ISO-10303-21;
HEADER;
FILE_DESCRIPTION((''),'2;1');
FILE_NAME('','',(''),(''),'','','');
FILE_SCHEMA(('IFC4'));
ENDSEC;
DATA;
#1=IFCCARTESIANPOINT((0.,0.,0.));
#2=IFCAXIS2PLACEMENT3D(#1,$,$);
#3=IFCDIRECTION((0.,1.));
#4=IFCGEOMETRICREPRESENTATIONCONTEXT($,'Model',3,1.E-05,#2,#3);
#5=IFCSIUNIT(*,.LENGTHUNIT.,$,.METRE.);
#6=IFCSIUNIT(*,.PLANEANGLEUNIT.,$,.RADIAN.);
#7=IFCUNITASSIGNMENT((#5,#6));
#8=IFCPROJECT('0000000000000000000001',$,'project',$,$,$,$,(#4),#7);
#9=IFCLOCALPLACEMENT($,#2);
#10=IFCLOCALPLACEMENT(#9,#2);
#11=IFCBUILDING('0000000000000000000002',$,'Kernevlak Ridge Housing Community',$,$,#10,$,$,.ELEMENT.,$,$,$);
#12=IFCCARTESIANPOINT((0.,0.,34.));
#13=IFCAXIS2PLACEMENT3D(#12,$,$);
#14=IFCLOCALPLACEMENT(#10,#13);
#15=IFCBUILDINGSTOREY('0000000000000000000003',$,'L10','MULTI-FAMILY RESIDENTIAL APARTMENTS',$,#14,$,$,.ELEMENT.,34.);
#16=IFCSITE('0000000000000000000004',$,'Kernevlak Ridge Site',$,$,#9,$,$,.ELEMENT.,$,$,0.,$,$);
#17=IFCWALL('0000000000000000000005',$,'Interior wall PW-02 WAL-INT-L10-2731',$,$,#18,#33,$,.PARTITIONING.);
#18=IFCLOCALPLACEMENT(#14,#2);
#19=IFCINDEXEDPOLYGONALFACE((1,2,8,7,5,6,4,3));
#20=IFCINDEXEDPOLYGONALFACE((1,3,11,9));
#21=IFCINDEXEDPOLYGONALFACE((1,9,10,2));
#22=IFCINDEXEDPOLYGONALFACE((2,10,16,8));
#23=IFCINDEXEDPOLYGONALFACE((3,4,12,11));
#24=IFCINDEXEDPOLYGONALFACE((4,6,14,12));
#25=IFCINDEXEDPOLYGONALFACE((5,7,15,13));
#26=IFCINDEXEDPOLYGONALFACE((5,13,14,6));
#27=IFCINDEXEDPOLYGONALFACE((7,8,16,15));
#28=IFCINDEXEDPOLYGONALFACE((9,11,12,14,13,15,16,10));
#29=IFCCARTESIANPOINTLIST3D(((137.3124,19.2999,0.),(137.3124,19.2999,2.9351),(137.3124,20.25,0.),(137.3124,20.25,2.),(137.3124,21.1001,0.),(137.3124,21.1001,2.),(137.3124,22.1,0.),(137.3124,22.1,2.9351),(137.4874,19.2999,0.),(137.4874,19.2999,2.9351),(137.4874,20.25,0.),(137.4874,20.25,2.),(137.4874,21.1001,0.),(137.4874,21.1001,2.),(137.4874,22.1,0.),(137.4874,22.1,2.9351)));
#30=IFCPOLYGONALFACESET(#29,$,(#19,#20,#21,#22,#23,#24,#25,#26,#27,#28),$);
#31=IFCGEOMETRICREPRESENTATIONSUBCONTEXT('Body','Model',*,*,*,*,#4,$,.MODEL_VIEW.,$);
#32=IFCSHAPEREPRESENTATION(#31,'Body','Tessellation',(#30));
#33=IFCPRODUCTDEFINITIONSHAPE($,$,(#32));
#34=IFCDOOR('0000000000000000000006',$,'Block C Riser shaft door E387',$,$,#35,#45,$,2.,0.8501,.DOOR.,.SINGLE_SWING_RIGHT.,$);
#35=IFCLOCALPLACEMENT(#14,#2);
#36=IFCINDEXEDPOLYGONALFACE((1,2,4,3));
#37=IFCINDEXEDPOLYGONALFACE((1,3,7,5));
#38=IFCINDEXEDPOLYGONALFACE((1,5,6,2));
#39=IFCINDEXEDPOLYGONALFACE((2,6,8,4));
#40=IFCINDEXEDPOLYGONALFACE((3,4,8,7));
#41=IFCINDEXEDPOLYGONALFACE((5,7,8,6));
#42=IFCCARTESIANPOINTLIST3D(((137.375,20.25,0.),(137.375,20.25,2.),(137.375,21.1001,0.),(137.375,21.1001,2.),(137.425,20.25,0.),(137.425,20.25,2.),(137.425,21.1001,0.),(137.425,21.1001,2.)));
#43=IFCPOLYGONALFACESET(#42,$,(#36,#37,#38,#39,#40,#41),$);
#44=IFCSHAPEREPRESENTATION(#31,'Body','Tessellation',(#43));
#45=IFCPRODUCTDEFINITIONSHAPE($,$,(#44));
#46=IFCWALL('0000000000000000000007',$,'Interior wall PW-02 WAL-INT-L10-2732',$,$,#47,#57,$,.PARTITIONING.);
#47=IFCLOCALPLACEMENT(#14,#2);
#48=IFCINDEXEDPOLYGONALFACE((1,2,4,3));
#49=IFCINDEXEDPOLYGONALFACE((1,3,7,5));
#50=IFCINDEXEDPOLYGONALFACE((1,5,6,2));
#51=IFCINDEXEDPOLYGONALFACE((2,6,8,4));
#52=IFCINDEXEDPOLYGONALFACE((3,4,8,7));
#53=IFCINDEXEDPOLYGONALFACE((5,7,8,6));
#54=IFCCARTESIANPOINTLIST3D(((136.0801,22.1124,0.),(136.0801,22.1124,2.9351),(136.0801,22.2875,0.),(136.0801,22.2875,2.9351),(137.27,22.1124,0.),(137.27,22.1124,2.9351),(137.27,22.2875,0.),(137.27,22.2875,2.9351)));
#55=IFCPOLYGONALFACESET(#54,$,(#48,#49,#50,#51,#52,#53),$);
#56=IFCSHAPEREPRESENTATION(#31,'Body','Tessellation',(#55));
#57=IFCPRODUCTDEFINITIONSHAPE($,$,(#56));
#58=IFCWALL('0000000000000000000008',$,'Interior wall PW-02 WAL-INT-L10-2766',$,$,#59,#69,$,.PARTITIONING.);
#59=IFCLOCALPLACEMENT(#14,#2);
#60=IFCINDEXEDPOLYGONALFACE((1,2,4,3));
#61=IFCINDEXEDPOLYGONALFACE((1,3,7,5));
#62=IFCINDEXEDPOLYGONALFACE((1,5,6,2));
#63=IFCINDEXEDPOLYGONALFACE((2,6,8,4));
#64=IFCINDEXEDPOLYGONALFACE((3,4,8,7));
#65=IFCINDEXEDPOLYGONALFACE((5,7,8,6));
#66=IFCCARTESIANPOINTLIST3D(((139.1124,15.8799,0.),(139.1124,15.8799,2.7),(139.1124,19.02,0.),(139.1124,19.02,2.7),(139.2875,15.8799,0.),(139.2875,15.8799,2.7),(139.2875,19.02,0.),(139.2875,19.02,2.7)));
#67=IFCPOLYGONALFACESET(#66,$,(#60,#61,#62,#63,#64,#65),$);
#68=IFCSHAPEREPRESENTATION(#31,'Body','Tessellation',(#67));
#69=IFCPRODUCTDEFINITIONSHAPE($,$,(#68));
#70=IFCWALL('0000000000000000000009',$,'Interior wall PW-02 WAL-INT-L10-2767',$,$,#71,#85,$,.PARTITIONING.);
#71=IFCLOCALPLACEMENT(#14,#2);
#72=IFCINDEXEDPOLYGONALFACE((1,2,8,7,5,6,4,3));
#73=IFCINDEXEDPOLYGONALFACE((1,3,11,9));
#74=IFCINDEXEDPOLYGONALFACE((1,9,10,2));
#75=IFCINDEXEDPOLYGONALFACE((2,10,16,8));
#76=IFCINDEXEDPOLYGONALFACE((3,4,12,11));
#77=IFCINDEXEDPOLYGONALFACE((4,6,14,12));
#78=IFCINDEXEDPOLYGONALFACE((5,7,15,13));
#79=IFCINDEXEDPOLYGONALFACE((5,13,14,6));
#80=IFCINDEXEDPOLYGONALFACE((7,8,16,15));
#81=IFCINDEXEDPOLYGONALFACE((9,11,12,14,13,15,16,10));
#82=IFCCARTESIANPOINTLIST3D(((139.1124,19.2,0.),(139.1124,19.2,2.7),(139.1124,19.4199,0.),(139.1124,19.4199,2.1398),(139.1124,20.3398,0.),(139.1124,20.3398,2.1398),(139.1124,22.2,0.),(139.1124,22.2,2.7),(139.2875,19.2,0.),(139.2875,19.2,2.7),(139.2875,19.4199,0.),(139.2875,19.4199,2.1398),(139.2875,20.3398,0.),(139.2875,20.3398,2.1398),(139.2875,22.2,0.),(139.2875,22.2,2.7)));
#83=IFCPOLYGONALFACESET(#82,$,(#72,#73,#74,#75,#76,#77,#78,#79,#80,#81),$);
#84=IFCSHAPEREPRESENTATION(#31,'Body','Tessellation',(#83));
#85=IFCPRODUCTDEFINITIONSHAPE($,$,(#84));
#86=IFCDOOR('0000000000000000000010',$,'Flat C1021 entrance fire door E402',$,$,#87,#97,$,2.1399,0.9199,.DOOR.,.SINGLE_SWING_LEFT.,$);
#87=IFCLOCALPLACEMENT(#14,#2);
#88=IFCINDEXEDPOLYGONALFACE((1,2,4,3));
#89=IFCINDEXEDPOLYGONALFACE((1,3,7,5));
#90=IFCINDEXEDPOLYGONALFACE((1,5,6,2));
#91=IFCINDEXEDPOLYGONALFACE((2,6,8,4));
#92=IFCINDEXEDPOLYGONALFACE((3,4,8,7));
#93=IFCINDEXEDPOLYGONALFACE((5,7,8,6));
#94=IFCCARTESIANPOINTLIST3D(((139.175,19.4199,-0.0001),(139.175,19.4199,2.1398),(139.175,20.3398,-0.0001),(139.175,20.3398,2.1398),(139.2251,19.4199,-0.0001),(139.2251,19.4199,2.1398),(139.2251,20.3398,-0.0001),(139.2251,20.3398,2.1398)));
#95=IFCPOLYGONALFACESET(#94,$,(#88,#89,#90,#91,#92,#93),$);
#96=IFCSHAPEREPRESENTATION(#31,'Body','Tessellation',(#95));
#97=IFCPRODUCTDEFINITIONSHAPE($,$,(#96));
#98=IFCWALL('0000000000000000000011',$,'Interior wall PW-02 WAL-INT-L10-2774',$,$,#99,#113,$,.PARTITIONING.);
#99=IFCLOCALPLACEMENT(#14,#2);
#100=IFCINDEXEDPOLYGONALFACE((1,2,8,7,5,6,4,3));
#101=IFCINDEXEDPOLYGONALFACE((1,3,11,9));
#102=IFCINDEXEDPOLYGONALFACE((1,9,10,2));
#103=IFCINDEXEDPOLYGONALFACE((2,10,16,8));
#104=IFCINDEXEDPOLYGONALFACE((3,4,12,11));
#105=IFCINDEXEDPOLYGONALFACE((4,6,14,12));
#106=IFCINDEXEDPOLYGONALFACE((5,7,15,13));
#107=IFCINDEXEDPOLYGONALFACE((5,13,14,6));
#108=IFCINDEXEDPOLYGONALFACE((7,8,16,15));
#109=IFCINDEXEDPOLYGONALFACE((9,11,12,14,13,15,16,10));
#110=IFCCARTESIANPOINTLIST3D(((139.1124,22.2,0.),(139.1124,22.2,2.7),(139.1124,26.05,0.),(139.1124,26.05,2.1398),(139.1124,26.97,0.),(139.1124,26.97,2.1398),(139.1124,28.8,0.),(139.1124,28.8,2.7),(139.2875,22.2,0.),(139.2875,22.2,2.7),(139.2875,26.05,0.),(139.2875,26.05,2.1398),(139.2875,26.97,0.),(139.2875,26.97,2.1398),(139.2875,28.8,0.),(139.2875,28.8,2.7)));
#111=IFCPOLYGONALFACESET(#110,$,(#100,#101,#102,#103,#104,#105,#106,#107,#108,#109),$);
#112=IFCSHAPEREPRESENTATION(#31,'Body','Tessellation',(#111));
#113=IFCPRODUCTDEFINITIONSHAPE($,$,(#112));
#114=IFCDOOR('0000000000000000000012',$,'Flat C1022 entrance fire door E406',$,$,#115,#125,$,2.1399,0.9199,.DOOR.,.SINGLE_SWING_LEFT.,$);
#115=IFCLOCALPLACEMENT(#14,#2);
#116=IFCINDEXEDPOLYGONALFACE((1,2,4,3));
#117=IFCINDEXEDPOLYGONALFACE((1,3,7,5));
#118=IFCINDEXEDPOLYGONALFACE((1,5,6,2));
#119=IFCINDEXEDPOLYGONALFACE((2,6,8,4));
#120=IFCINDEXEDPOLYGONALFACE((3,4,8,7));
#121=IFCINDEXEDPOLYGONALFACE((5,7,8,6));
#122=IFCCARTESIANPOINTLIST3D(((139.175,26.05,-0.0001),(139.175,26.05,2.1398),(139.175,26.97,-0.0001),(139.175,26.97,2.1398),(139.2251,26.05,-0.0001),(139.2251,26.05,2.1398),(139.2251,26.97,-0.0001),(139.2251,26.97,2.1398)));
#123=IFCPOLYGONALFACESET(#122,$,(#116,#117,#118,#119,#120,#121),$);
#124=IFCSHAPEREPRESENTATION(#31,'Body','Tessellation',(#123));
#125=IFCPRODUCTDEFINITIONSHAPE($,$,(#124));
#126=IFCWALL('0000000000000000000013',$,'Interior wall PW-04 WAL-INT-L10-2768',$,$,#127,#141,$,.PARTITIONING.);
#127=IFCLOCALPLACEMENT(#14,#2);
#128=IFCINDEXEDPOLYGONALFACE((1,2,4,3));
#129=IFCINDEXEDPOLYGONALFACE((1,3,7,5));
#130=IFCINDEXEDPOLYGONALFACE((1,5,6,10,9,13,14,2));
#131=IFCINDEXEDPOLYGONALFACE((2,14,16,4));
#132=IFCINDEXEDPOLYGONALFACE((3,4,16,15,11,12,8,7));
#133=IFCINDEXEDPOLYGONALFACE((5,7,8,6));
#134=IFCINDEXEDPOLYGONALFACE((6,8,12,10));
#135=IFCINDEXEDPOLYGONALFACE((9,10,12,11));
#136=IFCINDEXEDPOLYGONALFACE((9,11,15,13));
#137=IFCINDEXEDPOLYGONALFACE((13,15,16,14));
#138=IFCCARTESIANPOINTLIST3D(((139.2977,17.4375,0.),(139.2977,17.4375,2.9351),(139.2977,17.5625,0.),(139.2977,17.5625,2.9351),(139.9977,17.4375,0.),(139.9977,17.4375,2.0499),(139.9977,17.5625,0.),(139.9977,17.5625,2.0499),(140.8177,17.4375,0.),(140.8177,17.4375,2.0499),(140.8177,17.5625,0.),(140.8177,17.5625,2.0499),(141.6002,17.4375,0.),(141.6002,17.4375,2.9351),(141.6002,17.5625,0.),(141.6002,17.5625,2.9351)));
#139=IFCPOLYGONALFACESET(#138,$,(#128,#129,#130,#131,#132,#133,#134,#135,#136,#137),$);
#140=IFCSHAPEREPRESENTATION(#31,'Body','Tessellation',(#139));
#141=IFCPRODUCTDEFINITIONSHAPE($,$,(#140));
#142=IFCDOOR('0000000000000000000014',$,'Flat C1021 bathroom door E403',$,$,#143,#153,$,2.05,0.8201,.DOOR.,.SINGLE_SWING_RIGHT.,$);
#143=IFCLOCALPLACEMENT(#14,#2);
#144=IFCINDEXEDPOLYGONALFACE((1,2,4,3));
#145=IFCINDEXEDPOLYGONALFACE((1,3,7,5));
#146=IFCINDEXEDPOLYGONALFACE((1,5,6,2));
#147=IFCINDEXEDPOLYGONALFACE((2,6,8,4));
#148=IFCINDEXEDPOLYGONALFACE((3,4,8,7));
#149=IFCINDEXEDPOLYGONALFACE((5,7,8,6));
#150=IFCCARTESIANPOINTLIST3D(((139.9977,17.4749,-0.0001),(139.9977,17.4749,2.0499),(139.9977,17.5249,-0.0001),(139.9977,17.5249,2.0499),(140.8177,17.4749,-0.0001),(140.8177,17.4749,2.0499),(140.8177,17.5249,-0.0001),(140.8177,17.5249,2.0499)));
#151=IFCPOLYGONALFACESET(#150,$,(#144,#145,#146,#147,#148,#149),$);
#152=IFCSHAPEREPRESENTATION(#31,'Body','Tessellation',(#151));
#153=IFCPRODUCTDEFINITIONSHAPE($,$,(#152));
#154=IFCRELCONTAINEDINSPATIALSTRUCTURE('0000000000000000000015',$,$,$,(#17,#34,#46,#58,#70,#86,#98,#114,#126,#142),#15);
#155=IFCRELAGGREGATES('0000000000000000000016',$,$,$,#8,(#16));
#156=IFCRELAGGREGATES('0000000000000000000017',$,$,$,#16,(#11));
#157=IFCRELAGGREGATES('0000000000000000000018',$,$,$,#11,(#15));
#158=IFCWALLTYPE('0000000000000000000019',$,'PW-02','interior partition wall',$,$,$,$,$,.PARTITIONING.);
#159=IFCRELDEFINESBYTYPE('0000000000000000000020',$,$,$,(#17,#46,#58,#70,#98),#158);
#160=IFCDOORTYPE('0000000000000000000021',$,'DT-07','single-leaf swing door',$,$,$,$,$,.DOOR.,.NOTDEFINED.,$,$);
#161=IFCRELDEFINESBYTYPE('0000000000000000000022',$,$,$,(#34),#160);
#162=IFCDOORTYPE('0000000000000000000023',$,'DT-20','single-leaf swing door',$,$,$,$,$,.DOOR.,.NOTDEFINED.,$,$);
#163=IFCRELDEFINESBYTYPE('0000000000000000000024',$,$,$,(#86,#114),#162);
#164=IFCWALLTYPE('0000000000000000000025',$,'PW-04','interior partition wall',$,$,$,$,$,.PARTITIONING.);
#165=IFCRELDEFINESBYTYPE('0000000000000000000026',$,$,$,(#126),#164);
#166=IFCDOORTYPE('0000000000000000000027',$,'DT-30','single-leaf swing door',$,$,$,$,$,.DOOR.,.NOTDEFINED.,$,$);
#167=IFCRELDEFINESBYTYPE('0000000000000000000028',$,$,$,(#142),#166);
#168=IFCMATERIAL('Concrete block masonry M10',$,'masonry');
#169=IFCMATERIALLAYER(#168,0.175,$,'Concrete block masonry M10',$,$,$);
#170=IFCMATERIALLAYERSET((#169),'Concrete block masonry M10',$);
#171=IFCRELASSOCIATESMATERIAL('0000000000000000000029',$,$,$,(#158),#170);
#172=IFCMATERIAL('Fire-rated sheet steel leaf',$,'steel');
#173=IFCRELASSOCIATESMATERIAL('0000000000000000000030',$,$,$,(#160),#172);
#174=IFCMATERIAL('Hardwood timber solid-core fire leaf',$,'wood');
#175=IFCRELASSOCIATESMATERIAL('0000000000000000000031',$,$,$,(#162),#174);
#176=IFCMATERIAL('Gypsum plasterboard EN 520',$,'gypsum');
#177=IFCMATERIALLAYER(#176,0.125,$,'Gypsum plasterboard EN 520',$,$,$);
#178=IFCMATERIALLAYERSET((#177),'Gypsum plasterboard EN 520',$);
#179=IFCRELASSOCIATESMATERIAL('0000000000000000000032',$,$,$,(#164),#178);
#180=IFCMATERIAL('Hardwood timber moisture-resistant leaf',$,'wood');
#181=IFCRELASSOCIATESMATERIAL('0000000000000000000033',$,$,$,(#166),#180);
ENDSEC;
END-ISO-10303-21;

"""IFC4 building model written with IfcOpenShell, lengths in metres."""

from ifc_helpers import new_model, si_unit, direction, frame, frame_2d, origin, place, context, subcontext, project, spatial, rectangle, extrude, material, layer, layer_set, type_object, element, fill, save


model = new_model("IFC4")

# Units and contexts
model_context = context("Model", 3, precision=1e-05, world=origin(), true_north=direction((0.0, 1.0)))
body_context = subcontext(model_context, "Body", "Model", "MODEL_VIEW")
ifc_project = project(units=[si_unit("LENGTHUNIT", "METRE"), si_unit("PLANEANGLEUNIT", "RADIAN")], contexts=[model_context])

# Site, building, storey
site_placement = place(None, origin())
site = spatial("IfcSite", under=ifc_project, at=site_placement, Name="Kernevlak Ridge Site", CompositionType="ELEMENT", RefElevation=0.0)
building_placement = place(site_placement, origin())
building = spatial("IfcBuilding", under=site, at=building_placement, Name="Kernevlak Ridge Housing Community", CompositionType="ELEMENT")
storey_placement = place(building_placement, frame((0.0, 0.0, 34.0)))
storey = spatial("IfcBuildingStorey", under=building, at=storey_placement, Name="L10", Description="MULTI-FAMILY RESIDENTIAL APARTMENTS", CompositionType="ELEMENT", Elevation=34.0)

# Wall, opening, door
ifc_material_1 = material(Name="Concrete block masonry M10", Category="masonry")
ifc_layer_1 = layer(ifc_material_1, 0.175, Name="Concrete block masonry M10")
ifc_layer_set_1 = layer_set([ifc_layer_1], Name="Concrete block masonry M10")
wall_type_1 = type_object("IfcWallType", Name="PW-02", Description="interior partition wall", PredefinedType="PARTITIONING", material=ifc_layer_set_1)
ifc_material_2 = material(Name="Fire-rated sheet steel leaf", Category="steel")
wall_1_placement = place(storey_placement, frame((137.3999, 19.3, 0.0), z_axis=(0.0, 0.0, 1.0), x_axis=(0.0, 1.0, 0.0)))
wall_1 = element("IfcWall", 1, at=wall_1_placement, inside=storey, type_object=wall_type_1, Name="Interior wall PW-02 WAL-INT-L10-2731", PredefinedType="PARTITIONING", context=body_context, shape_type="SweptSolid", body=[
    extrude(rectangle(XDim=2.8, YDim=0.175, at=frame_2d((1.3999, 0.0))), origin(), (0.0, 0.0, 1.0), 2.9351),
])
opening_1_placement = place(wall_1_placement, frame((0.95, 0.0, 0.0)))
opening_1 = element("IfcOpeningElement", 2, at=opening_1_placement, cuts=wall_1, PredefinedType="OPENING", context=body_context, shape_type="SweptSolid", body=[
    extrude(rectangle(XDim=0.8501, YDim=2.0, at=frame_2d((0.425, 1.0))), frame((0.0, 0.0974, 0.0), z_axis=(0.0, -1.0, 0.0), x_axis=(1.0, 0.0, 0.0)), (0.0, 0.0, 1.0), 0.1951),
])
door_type_1 = type_object("IfcDoorType", Name="DT-07", Description="single-leaf swing door", OperationType="NOTDEFINED", PredefinedType="DOOR", material=ifc_material_2)
door_1_placement = place(opening_1_placement, origin())
door_1 = element("IfcDoor", 3, at=door_1_placement, inside=storey, type_object=door_type_1, Name="Block C Riser shaft door E387", OperationType="SINGLE_SWING_RIGHT", OverallHeight=2.0, OverallWidth=0.8501, PredefinedType="DOOR", context=body_context, shape_type="SweptSolid", body=[
    extrude(rectangle(XDim=0.8501, YDim=2.0, at=frame_2d((0.425, 1.0))), frame((0.0, 0.0249, 0.0), z_axis=(0.0, -1.0, 0.0), x_axis=(1.0, 0.0, 0.0)), (0.0, 0.0, 1.0), 0.05),
])
fill(opening_1, door_1)

# Walls
wall_2_placement = place(storey_placement, frame((136.0801, 22.2, 0.0), z_axis=(0.0, 0.0, 1.0), x_axis=(1.0, 0.0, 0.0)))
element("IfcWall", 4, at=wall_2_placement, inside=storey, type_object=wall_type_1, Name="Interior wall PW-02 WAL-INT-L10-2732", PredefinedType="PARTITIONING", context=body_context, shape_type="SweptSolid", body=[
    extrude(rectangle(XDim=1.1899, YDim=0.175, at=frame_2d((0.595, 0.0))), origin(), (0.0, 0.0, 1.0), 2.9351),
])
wall_3_placement = place(storey_placement, frame((139.2, 15.8799, 0.0), z_axis=(0.0, 0.0, 1.0), x_axis=(0.0, 1.0, 0.0)))
element("IfcWall", 5, at=wall_3_placement, inside=storey, type_object=wall_type_1, Name="Interior wall PW-02 WAL-INT-L10-2766", PredefinedType="PARTITIONING", context=body_context, shape_type="SweptSolid", body=[
    extrude(rectangle(XDim=3.1401, YDim=0.175, at=frame_2d((1.5701, 0.0))), origin(), (0.0, 0.0, 1.0), 2.7),
])

# Walls, openings, doors
wall_4_placement = place(storey_placement, frame((139.2, 19.2, 0.0), z_axis=(0.0, 0.0, 1.0), x_axis=(0.0, 1.0, 0.0)))
wall_4 = element("IfcWall", 6, at=wall_4_placement, inside=storey, type_object=wall_type_1, Name="Interior wall PW-02 WAL-INT-L10-2767", PredefinedType="PARTITIONING", context=body_context, shape_type="SweptSolid", body=[
    extrude(rectangle(XDim=3.0, YDim=0.175, at=frame_2d((1.5, 0.0))), origin(), (0.0, 0.0, 1.0), 2.7),
])
opening_2_placement = place(wall_4_placement, frame((0.22, 0.0, 0.0)))
opening_2 = element("IfcOpeningElement", 7, at=opening_2_placement, cuts=wall_4, PredefinedType="OPENING", context=body_context, shape_type="SweptSolid", body=[
    extrude(rectangle(XDim=0.9199, YDim=2.1399, at=frame_2d((0.46, 1.0698))), frame((0.0, 0.0974, 0.0), z_axis=(0.0, -1.0, 0.0), x_axis=(1.0, 0.0, 0.0)), (0.0, 0.0, 1.0), 0.1951),
])
ifc_material_3 = material(Name="Hardwood timber solid-core fire leaf", Category="wood")
door_type_2 = type_object("IfcDoorType", Name="DT-20", Description="single-leaf swing door", OperationType="NOTDEFINED", PredefinedType="DOOR", material=ifc_material_3)
door_2_placement = place(opening_2_placement, origin())
door_2 = element("IfcDoor", 8, at=door_2_placement, inside=storey, type_object=door_type_2, Name="Flat C1021 entrance fire door E402", OperationType="SINGLE_SWING_LEFT", OverallHeight=2.1399, OverallWidth=0.9199, PredefinedType="DOOR", context=body_context, shape_type="SweptSolid", body=[
    extrude(rectangle(XDim=0.9199, YDim=2.1399, at=frame_2d((0.46, 1.0698))), frame((0.0, 0.0249, 0.0), z_axis=(0.0, -1.0, 0.0), x_axis=(1.0, 0.0, 0.0)), (0.0, 0.0, 1.0), 0.05),
])
fill(opening_2, door_2)
wall_5_placement = place(storey_placement, frame((139.2, 22.2, 0.0), z_axis=(0.0, 0.0, 1.0), x_axis=(0.0, 1.0, 0.0)))
wall_5 = element("IfcWall", 9, at=wall_5_placement, inside=storey, type_object=wall_type_1, Name="Interior wall PW-02 WAL-INT-L10-2774", PredefinedType="PARTITIONING", context=body_context, shape_type="SweptSolid", body=[
    extrude(rectangle(XDim=6.6001, YDim=0.175, at=frame_2d((3.3, 0.0))), origin(), (0.0, 0.0, 1.0), 2.7),
])
opening_3_placement = place(wall_5_placement, frame((3.8501, 0.0, 0.0)))
opening_3 = element("IfcOpeningElement", 10, at=opening_3_placement, cuts=wall_5, PredefinedType="OPENING", context=body_context, shape_type="SweptSolid", body=[
    extrude(rectangle(XDim=0.9199, YDim=2.1399, at=frame_2d((0.46, 1.0698))), frame((0.0, 0.0974, 0.0), z_axis=(0.0, -1.0, 0.0), x_axis=(1.0, 0.0, 0.0)), (0.0, 0.0, 1.0), 0.1951),
])
door_3_placement = place(opening_3_placement, origin())
door_3 = element("IfcDoor", 11, at=door_3_placement, inside=storey, type_object=door_type_2, Name="Flat C1022 entrance fire door E406", OperationType="SINGLE_SWING_LEFT", OverallHeight=2.1399, OverallWidth=0.9199, PredefinedType="DOOR", context=body_context, shape_type="SweptSolid", body=[
    extrude(rectangle(XDim=0.9199, YDim=2.1399, at=frame_2d((0.46, 1.0698))), frame((0.0, 0.0249, 0.0), z_axis=(0.0, -1.0, 0.0), x_axis=(1.0, 0.0, 0.0)), (0.0, 0.0, 1.0), 0.05),
])
fill(opening_3, door_3)
ifc_material_4 = material(Name="Gypsum plasterboard EN 520", Category="gypsum")
ifc_layer_2 = layer(ifc_material_4, 0.125, Name="Gypsum plasterboard EN 520")
ifc_layer_set_2 = layer_set([ifc_layer_2], Name="Gypsum plasterboard EN 520")
wall_type_2 = type_object("IfcWallType", Name="PW-04", Description="interior partition wall", PredefinedType="PARTITIONING", material=ifc_layer_set_2)
wall_6_placement = place(storey_placement, frame((139.2976, 17.5, 0.0), z_axis=(0.0, 0.0, 1.0), x_axis=(1.0, 0.0, 0.0)))
wall_6 = element("IfcWall", 12, at=wall_6_placement, inside=storey, type_object=wall_type_2, Name="Interior wall PW-04 WAL-INT-L10-2768", PredefinedType="PARTITIONING", context=body_context, shape_type="SweptSolid", body=[
    extrude(rectangle(XDim=2.3025, YDim=0.125, at=frame_2d((1.1514, 0.0))), origin(), (0.0, 0.0, 1.0), 2.9351),
])
opening_4_placement = place(wall_6_placement, frame((0.7, 0.0, 0.0)))
opening_4 = element("IfcOpeningElement", 13, at=opening_4_placement, cuts=wall_6, PredefinedType="OPENING", context=body_context, shape_type="SweptSolid", body=[
    extrude(rectangle(XDim=0.8201, YDim=2.05, at=frame_2d((0.4102, 1.0249))), frame((0.0, 0.0725, 0.0), z_axis=(0.0, -1.0, 0.0), x_axis=(1.0, 0.0, 0.0)), (0.0, 0.0, 1.0), 0.145),
])
ifc_material_5 = material(Name="Hardwood timber moisture-resistant leaf", Category="wood")
door_type_3 = type_object("IfcDoorType", Name="DT-30", Description="single-leaf swing door", OperationType="NOTDEFINED", PredefinedType="DOOR", material=ifc_material_5)
door_4_placement = place(opening_4_placement, origin())
door_4 = element("IfcDoor", 14, at=door_4_placement, inside=storey, type_object=door_type_3, Name="Flat C1021 bathroom door E403", OperationType="SINGLE_SWING_RIGHT", OverallHeight=2.05, OverallWidth=0.8201, PredefinedType="DOOR", context=body_context, shape_type="SweptSolid", body=[
    extrude(rectangle(XDim=0.8201, YDim=2.05, at=frame_2d((0.4102, 1.0249))), frame((0.0, 0.0249, 0.0), z_axis=(0.0, -1.0, 0.0), x_axis=(1.0, 0.0, 0.0)), (0.0, 0.0, 1.0), 0.05),
])
fill(opening_4, door_4)

save(model, "model.ifc")
